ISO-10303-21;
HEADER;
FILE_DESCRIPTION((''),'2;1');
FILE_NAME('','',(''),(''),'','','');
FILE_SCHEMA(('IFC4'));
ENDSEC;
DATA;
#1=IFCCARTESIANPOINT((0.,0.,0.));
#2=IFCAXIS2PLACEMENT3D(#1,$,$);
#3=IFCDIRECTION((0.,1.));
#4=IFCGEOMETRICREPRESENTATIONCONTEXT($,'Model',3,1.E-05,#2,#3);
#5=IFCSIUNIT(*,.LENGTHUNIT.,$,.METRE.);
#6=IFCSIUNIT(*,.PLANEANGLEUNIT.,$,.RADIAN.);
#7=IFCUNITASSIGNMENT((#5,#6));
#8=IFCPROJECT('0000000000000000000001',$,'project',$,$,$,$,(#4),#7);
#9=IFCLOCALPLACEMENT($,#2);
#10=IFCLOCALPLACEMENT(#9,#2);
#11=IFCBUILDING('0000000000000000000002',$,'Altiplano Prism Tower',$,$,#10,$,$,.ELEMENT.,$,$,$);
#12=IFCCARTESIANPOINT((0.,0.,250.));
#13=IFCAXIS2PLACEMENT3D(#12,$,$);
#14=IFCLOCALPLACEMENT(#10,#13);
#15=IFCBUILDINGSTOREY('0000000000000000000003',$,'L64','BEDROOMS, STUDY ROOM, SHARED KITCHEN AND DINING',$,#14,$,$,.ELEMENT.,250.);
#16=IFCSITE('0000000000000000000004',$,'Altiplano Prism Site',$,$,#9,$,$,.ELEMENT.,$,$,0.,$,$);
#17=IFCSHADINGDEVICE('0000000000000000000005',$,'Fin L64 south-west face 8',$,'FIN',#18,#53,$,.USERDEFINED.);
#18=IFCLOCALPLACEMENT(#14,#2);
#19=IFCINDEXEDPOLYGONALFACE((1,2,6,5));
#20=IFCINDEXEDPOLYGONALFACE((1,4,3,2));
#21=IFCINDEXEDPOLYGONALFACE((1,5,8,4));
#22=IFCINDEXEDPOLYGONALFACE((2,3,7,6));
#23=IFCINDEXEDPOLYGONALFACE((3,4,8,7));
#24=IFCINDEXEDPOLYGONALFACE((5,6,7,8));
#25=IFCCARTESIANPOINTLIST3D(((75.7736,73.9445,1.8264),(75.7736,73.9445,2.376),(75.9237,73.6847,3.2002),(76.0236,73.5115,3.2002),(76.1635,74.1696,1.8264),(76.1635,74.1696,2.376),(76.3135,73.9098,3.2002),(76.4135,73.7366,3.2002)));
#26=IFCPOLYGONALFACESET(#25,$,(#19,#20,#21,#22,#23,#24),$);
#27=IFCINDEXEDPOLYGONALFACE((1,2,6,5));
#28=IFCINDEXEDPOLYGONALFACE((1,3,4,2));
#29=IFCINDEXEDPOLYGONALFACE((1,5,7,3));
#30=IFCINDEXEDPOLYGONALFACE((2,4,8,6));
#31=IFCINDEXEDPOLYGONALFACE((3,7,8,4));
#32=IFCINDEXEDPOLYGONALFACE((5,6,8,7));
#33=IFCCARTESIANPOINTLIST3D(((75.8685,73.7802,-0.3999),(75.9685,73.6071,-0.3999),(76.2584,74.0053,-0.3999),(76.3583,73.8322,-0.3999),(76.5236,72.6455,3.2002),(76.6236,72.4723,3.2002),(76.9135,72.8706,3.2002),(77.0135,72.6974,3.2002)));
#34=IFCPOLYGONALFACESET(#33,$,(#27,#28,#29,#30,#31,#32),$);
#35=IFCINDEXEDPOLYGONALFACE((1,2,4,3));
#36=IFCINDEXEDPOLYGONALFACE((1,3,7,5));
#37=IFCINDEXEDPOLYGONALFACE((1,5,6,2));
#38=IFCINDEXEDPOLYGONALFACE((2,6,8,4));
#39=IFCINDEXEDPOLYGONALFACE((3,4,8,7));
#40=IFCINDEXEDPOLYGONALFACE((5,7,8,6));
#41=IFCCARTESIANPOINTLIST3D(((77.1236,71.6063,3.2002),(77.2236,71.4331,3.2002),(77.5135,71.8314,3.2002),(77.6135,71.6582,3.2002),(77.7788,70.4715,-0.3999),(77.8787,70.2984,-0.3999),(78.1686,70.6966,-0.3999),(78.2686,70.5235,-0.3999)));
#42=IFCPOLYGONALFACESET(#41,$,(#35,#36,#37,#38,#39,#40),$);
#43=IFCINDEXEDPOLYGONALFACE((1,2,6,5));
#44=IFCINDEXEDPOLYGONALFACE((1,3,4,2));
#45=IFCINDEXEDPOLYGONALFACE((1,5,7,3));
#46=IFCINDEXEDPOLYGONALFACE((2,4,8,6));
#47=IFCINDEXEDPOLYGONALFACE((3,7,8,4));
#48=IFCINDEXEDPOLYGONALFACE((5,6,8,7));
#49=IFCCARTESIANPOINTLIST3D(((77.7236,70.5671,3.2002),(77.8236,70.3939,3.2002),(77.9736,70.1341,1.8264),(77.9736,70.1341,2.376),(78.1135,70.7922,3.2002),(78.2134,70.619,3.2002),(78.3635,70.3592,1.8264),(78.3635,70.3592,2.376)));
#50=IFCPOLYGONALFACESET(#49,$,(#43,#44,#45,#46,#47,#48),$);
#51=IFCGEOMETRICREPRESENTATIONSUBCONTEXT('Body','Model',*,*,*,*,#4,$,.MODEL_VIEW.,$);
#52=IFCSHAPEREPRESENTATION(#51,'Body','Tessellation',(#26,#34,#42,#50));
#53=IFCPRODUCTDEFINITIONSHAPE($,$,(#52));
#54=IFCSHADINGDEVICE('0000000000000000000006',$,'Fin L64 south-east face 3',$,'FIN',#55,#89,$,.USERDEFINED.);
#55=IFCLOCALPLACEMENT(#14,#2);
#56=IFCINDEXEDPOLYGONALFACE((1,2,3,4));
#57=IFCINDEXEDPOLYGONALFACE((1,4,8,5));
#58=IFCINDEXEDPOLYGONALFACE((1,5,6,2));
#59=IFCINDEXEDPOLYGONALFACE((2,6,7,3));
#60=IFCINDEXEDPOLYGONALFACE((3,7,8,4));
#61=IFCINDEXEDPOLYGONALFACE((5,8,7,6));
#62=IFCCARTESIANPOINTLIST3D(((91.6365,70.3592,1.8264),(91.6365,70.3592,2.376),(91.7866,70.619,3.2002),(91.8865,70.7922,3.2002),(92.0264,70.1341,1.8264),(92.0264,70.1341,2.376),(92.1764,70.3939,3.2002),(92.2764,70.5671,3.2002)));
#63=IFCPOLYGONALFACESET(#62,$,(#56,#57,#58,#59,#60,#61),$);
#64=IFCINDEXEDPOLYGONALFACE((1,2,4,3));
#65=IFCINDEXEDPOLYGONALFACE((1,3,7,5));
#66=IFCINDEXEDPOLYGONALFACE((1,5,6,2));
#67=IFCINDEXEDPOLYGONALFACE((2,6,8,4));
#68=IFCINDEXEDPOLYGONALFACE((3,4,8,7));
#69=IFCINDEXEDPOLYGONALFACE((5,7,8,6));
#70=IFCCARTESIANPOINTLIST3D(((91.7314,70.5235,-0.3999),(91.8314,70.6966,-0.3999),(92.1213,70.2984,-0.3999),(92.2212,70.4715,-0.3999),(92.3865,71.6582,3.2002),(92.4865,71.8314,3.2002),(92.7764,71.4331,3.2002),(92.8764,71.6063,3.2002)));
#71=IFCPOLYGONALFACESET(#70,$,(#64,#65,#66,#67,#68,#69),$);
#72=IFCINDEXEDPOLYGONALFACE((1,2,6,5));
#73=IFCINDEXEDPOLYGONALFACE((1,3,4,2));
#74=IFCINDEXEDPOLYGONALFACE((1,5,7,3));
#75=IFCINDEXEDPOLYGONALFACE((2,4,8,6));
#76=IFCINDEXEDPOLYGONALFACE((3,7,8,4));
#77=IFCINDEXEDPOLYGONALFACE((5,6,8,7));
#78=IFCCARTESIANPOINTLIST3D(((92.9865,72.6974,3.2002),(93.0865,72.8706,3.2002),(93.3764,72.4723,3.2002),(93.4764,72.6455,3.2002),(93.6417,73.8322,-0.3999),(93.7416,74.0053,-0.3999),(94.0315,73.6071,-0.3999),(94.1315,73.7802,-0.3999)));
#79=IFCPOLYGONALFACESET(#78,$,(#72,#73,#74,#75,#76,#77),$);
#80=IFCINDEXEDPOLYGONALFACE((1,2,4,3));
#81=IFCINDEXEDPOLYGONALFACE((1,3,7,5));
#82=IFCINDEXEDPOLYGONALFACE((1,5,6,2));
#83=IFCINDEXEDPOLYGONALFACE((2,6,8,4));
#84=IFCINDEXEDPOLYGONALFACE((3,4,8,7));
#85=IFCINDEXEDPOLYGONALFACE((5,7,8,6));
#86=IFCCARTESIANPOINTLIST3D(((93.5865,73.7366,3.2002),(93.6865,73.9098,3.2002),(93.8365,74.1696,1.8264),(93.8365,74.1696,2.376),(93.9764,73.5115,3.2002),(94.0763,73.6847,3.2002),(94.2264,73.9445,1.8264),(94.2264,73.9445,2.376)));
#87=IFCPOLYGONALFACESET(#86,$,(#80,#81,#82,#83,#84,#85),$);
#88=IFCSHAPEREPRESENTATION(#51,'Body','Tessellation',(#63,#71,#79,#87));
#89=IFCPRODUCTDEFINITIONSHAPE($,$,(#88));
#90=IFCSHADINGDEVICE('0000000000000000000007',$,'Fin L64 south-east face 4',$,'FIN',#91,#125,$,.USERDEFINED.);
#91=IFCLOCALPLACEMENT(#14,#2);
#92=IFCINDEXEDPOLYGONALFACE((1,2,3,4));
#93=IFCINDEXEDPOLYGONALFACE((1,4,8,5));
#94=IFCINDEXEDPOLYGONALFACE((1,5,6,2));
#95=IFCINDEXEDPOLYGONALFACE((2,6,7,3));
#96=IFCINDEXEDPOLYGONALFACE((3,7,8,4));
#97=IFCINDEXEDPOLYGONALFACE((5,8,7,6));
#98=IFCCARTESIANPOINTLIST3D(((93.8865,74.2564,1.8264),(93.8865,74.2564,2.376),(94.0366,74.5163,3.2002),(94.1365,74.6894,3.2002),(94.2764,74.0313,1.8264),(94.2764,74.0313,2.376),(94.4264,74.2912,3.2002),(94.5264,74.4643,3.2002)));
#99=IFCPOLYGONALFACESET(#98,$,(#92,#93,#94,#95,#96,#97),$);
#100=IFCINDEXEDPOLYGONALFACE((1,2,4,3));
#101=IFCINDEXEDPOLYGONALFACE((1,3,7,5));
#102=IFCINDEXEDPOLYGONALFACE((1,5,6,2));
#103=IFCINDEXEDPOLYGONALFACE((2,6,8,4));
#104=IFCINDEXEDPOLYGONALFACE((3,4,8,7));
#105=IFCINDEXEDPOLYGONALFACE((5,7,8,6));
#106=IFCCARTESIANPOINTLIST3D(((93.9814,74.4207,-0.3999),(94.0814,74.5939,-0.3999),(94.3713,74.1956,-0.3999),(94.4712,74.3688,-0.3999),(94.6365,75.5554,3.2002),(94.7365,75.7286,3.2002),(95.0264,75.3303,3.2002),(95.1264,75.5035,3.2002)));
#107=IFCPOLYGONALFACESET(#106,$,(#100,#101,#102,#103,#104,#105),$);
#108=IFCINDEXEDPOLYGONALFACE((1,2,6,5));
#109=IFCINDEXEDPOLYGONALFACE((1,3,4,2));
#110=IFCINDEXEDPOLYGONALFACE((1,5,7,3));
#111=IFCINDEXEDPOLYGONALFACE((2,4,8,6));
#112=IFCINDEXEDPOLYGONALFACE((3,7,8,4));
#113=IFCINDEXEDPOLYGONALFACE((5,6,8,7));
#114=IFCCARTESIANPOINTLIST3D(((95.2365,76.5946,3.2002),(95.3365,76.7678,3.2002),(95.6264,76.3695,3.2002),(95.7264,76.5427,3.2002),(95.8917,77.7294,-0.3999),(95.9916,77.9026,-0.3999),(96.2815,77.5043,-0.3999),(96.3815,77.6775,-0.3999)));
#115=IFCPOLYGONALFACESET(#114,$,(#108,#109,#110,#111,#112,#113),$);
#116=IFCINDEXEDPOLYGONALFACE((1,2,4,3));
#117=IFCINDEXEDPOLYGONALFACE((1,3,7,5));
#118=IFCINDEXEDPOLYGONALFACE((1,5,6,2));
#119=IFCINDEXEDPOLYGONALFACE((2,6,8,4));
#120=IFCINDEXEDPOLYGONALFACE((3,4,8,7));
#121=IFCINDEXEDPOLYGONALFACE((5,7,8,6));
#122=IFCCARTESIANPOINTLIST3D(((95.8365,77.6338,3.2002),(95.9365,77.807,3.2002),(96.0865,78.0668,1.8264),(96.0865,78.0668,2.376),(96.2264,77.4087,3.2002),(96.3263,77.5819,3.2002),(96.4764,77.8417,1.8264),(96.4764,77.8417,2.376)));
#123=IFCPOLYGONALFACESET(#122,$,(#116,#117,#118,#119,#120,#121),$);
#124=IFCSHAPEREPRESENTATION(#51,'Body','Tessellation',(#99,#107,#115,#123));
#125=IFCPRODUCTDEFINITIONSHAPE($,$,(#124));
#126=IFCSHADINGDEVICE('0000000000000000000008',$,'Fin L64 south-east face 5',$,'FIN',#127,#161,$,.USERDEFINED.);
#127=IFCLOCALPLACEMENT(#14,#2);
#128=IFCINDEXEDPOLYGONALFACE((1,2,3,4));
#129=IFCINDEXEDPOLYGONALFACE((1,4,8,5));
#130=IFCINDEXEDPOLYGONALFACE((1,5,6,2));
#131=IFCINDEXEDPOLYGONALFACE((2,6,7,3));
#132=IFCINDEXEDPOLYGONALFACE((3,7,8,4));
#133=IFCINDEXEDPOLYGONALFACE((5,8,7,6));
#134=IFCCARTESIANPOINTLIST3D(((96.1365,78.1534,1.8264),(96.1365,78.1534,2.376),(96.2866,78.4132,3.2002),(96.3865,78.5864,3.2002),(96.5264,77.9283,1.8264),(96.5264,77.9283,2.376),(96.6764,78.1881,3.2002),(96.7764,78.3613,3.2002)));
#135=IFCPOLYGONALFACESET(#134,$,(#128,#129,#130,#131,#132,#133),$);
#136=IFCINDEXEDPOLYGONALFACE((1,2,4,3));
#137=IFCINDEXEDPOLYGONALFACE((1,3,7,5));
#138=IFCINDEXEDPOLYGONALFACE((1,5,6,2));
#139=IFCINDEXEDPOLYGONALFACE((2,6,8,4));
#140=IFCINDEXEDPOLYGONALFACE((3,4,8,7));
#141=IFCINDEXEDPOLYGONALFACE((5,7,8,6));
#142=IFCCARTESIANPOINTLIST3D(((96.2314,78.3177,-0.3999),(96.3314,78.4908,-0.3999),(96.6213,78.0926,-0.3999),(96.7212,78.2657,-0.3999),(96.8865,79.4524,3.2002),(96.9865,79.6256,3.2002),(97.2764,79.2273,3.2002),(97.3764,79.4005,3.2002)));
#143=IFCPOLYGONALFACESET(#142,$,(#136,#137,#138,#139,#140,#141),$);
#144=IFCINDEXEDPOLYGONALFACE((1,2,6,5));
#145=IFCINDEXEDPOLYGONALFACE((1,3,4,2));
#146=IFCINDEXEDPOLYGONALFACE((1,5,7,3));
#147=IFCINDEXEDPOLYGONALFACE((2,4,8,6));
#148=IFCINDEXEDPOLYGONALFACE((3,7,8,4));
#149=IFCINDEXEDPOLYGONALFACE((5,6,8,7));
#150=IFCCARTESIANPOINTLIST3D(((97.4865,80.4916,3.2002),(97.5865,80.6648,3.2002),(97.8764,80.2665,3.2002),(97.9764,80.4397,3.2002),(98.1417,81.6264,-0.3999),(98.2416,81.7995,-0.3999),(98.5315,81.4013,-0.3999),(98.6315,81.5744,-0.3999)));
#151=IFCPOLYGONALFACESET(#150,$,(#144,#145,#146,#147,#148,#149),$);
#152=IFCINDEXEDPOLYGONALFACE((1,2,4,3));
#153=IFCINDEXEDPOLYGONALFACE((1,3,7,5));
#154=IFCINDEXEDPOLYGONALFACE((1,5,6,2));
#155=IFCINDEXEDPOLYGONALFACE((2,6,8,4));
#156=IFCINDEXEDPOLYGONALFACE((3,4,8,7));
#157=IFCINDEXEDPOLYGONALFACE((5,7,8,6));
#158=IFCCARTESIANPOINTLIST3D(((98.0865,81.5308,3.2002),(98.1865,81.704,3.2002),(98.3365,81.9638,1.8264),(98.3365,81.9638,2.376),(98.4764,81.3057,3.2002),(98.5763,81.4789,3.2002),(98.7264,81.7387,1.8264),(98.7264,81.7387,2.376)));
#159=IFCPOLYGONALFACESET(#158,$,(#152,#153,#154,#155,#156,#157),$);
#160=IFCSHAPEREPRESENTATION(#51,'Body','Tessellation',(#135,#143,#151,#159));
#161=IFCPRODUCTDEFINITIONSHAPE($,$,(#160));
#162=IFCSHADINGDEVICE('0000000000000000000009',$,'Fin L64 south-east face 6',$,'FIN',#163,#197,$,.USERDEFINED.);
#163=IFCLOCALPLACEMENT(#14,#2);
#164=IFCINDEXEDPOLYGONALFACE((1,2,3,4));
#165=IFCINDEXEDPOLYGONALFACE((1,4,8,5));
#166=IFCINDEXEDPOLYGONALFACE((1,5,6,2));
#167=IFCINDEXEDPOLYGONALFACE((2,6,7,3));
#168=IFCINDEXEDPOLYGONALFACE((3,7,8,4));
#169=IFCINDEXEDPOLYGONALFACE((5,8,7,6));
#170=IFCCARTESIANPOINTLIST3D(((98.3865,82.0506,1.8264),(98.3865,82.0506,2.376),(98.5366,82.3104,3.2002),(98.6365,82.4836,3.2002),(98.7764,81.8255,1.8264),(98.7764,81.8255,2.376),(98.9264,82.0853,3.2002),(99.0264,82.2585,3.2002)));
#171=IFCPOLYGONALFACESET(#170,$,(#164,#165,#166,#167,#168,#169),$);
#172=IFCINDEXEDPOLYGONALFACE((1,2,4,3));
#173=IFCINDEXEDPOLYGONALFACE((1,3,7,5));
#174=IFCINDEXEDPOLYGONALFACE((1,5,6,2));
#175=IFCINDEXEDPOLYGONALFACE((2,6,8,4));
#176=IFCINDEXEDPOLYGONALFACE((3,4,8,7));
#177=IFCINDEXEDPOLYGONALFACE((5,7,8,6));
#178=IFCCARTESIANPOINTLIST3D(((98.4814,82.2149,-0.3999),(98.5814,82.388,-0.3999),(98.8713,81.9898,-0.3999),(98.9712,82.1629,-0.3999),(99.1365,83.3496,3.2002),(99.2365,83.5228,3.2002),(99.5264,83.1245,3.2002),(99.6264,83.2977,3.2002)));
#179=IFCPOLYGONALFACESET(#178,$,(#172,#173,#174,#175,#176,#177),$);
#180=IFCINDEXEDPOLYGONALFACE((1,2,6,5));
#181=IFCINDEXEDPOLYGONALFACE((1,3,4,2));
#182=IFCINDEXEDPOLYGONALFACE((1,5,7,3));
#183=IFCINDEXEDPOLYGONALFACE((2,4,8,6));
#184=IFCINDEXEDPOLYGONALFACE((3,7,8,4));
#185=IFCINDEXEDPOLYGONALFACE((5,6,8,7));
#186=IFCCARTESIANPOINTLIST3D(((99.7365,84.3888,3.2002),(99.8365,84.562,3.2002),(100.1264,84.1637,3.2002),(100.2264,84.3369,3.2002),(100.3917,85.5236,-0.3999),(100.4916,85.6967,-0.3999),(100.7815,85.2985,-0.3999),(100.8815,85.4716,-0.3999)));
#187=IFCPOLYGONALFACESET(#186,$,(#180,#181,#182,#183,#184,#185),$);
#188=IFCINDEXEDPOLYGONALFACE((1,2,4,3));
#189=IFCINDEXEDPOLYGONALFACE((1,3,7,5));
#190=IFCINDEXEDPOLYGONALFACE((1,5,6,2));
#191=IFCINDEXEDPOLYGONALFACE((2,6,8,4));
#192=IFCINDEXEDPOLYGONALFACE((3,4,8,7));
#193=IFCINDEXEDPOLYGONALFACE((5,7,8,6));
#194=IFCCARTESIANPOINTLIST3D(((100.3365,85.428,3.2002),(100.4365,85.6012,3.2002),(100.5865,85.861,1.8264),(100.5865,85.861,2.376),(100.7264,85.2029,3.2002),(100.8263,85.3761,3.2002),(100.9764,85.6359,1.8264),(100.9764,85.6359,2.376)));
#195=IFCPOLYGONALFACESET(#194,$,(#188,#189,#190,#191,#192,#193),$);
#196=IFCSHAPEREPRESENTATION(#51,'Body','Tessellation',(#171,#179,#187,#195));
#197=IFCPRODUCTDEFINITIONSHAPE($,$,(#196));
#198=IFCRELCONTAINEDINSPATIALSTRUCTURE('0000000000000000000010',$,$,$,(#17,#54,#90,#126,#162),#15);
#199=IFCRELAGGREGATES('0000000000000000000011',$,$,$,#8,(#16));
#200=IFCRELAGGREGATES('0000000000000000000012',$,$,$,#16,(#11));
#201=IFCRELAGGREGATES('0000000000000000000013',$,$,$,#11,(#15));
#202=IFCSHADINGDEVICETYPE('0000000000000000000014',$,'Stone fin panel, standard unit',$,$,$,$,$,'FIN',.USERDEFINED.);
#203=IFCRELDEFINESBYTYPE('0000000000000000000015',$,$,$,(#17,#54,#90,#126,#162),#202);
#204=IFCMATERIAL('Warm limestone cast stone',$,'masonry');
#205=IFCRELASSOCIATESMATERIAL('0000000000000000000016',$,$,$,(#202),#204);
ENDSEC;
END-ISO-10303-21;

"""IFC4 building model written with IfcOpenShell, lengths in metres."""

from ifc_helpers import new_model, si_unit, direction, frame, origin, place, context, subcontext, project, spatial, polyline, outline, extrude, source, transform, mapped, material, type_object, element, save


model = new_model("IFC4")

# Units and contexts
model_context = context("Model", 3, precision=1e-05, world=origin(), true_north=direction((0.0, 1.0)))
body_context = subcontext(model_context, "Body", "Model", "MODEL_VIEW")
ifc_project = project(units=[si_unit("LENGTHUNIT", "METRE"), si_unit("PLANEANGLEUNIT", "RADIAN")], contexts=[model_context])

# Site, building, storey
site_placement = place(None, origin())
site = spatial("IfcSite", under=ifc_project, at=site_placement, Name="Altiplano Prism Site", CompositionType="ELEMENT", RefElevation=0.0)
building_placement = place(site_placement, origin())
building = spatial("IfcBuilding", under=site, at=building_placement, Name="Altiplano Prism Tower", CompositionType="ELEMENT")
storey_placement = place(building_placement, frame((0.0, 0.0, 250.0)))
storey = spatial("IfcBuildingStorey", under=building, at=storey_placement, Name="L64", Description="BEDROOMS, STUDY ROOM, SHARED KITCHEN AND DINING", CompositionType="ELEMENT", Elevation=250.0)

# Shading devices
ifc_material_1 = material(Name="Warm limestone cast stone", Category="masonry")
shading_device_type_1 = type_object("IfcShadingDeviceType", Name="Stone fin panel, standard unit", ElementType="FIN", PredefinedType="USERDEFINED", material=ifc_material_1)
shared_shape_1 = source(origin(), body_context, "Body", "SweptSolid", [
    extrude(outline(polyline([(-2.2, 2.2263), (-1.7, 3.6001), (-1.8999, 3.6001), (-2.2, 2.7759), (-2.2, 2.2263)])), frame((0.0, -0.1499, 0.0), z_axis=(0.0, -1.0, 0.0), x_axis=(1.0, 0.0, 0.0)), (0.0, 0.0, 1.0), 0.4502),
    extrude(outline(polyline([(-2.0103, 0.0), (-1.8103, 0.0), (-0.5, 3.6001), (-0.7, 3.6001), (-2.0103, 0.0)])), frame((0.0, -0.1499, 0.0), z_axis=(0.0, -1.0, 0.0), x_axis=(1.0, 0.0, 0.0)), (0.0, 0.0, 1.0), 0.4502),
    extrude(outline(polyline([(1.8103, 0.0), (2.0103, 0.0), (0.7, 3.6001), (0.5, 3.6001), (1.8103, 0.0)])), frame((0.0, -0.1499, 0.0), z_axis=(0.0, -1.0, 0.0), x_axis=(1.0, 0.0, 0.0)), (0.0, 0.0, 1.0), 0.4502),
    extrude(outline(polyline([(2.2, 2.7759), (1.8999, 3.6001), (1.7, 3.6001), (2.2, 2.2263), (2.2, 2.7759)])), frame((0.0, -0.1499, 0.0), z_axis=(0.0, -1.0, 0.0), x_axis=(1.0, 0.0, 0.0)), (0.0, 0.0, 1.0), 0.4502),
])
shading_device_1_placement = place(storey_placement, origin())
element("IfcShadingDevice", 1, at=shading_device_1_placement, inside=storey, type_object=shading_device_type_1, Name="Fin L64 south-west face 8", ObjectType="FIN", PredefinedType="USERDEFINED", context=body_context, shape_type="MappedRepresentation", body=[
    mapped(shared_shape_1, transform((77.3933, 72.3394, -0.3999), x_axis=(0.5, -0.866025, 0.0), y_axis=(0.866025, 0.5, 0.0), z_axis=(0.0, 0.0, 1.0))),
])
shading_device_2_placement = place(storey_placement, origin())
element("IfcShadingDevice", 2, at=shading_device_2_placement, inside=storey, type_object=shading_device_type_1, Name="Fin L64 south-east face 3", ObjectType="FIN", PredefinedType="USERDEFINED", context=body_context, shape_type="MappedRepresentation", body=[
    mapped(shared_shape_1, transform((92.6067, 72.3394, -0.3999), x_axis=(0.5, 0.866025, 0.0), y_axis=(-0.866025, 0.5, 0.0), z_axis=(0.0, 0.0, 1.0))),
])
shading_device_3_placement = place(storey_placement, origin())
element("IfcShadingDevice", 3, at=shading_device_3_placement, inside=storey, type_object=shading_device_type_1, Name="Fin L64 south-east face 4", ObjectType="FIN", PredefinedType="USERDEFINED", context=body_context, shape_type="MappedRepresentation", body=[
    mapped(shared_shape_1, transform((94.8567, 76.2366, -0.3999), x_axis=(0.5, 0.866025, 0.0), y_axis=(-0.866025, 0.5, 0.0), z_axis=(0.0, 0.0, 1.0))),
])
shading_device_4_placement = place(storey_placement, origin())
element("IfcShadingDevice", 4, at=shading_device_4_placement, inside=storey, type_object=shading_device_type_1, Name="Fin L64 south-east face 5", ObjectType="FIN", PredefinedType="USERDEFINED", context=body_context, shape_type="MappedRepresentation", body=[
    mapped(shared_shape_1, transform((97.1067, 80.1335, -0.3999), x_axis=(0.5, 0.866025, 0.0), y_axis=(-0.866025, 0.5, 0.0), z_axis=(0.0, 0.0, 1.0))),
])
shading_device_5_placement = place(storey_placement, origin())
element("IfcShadingDevice", 5, at=shading_device_5_placement, inside=storey, type_object=shading_device_type_1, Name="Fin L64 south-east face 6", ObjectType="FIN", PredefinedType="USERDEFINED", context=body_context, shape_type="MappedRepresentation", body=[
    mapped(shared_shape_1, transform((99.3567, 84.0308, -0.3999), x_axis=(0.5, 0.866025, 0.0), y_axis=(-0.866025, 0.5, 0.0), z_axis=(0.0, 0.0, 1.0))),
])

save(model, "model.ifc")
